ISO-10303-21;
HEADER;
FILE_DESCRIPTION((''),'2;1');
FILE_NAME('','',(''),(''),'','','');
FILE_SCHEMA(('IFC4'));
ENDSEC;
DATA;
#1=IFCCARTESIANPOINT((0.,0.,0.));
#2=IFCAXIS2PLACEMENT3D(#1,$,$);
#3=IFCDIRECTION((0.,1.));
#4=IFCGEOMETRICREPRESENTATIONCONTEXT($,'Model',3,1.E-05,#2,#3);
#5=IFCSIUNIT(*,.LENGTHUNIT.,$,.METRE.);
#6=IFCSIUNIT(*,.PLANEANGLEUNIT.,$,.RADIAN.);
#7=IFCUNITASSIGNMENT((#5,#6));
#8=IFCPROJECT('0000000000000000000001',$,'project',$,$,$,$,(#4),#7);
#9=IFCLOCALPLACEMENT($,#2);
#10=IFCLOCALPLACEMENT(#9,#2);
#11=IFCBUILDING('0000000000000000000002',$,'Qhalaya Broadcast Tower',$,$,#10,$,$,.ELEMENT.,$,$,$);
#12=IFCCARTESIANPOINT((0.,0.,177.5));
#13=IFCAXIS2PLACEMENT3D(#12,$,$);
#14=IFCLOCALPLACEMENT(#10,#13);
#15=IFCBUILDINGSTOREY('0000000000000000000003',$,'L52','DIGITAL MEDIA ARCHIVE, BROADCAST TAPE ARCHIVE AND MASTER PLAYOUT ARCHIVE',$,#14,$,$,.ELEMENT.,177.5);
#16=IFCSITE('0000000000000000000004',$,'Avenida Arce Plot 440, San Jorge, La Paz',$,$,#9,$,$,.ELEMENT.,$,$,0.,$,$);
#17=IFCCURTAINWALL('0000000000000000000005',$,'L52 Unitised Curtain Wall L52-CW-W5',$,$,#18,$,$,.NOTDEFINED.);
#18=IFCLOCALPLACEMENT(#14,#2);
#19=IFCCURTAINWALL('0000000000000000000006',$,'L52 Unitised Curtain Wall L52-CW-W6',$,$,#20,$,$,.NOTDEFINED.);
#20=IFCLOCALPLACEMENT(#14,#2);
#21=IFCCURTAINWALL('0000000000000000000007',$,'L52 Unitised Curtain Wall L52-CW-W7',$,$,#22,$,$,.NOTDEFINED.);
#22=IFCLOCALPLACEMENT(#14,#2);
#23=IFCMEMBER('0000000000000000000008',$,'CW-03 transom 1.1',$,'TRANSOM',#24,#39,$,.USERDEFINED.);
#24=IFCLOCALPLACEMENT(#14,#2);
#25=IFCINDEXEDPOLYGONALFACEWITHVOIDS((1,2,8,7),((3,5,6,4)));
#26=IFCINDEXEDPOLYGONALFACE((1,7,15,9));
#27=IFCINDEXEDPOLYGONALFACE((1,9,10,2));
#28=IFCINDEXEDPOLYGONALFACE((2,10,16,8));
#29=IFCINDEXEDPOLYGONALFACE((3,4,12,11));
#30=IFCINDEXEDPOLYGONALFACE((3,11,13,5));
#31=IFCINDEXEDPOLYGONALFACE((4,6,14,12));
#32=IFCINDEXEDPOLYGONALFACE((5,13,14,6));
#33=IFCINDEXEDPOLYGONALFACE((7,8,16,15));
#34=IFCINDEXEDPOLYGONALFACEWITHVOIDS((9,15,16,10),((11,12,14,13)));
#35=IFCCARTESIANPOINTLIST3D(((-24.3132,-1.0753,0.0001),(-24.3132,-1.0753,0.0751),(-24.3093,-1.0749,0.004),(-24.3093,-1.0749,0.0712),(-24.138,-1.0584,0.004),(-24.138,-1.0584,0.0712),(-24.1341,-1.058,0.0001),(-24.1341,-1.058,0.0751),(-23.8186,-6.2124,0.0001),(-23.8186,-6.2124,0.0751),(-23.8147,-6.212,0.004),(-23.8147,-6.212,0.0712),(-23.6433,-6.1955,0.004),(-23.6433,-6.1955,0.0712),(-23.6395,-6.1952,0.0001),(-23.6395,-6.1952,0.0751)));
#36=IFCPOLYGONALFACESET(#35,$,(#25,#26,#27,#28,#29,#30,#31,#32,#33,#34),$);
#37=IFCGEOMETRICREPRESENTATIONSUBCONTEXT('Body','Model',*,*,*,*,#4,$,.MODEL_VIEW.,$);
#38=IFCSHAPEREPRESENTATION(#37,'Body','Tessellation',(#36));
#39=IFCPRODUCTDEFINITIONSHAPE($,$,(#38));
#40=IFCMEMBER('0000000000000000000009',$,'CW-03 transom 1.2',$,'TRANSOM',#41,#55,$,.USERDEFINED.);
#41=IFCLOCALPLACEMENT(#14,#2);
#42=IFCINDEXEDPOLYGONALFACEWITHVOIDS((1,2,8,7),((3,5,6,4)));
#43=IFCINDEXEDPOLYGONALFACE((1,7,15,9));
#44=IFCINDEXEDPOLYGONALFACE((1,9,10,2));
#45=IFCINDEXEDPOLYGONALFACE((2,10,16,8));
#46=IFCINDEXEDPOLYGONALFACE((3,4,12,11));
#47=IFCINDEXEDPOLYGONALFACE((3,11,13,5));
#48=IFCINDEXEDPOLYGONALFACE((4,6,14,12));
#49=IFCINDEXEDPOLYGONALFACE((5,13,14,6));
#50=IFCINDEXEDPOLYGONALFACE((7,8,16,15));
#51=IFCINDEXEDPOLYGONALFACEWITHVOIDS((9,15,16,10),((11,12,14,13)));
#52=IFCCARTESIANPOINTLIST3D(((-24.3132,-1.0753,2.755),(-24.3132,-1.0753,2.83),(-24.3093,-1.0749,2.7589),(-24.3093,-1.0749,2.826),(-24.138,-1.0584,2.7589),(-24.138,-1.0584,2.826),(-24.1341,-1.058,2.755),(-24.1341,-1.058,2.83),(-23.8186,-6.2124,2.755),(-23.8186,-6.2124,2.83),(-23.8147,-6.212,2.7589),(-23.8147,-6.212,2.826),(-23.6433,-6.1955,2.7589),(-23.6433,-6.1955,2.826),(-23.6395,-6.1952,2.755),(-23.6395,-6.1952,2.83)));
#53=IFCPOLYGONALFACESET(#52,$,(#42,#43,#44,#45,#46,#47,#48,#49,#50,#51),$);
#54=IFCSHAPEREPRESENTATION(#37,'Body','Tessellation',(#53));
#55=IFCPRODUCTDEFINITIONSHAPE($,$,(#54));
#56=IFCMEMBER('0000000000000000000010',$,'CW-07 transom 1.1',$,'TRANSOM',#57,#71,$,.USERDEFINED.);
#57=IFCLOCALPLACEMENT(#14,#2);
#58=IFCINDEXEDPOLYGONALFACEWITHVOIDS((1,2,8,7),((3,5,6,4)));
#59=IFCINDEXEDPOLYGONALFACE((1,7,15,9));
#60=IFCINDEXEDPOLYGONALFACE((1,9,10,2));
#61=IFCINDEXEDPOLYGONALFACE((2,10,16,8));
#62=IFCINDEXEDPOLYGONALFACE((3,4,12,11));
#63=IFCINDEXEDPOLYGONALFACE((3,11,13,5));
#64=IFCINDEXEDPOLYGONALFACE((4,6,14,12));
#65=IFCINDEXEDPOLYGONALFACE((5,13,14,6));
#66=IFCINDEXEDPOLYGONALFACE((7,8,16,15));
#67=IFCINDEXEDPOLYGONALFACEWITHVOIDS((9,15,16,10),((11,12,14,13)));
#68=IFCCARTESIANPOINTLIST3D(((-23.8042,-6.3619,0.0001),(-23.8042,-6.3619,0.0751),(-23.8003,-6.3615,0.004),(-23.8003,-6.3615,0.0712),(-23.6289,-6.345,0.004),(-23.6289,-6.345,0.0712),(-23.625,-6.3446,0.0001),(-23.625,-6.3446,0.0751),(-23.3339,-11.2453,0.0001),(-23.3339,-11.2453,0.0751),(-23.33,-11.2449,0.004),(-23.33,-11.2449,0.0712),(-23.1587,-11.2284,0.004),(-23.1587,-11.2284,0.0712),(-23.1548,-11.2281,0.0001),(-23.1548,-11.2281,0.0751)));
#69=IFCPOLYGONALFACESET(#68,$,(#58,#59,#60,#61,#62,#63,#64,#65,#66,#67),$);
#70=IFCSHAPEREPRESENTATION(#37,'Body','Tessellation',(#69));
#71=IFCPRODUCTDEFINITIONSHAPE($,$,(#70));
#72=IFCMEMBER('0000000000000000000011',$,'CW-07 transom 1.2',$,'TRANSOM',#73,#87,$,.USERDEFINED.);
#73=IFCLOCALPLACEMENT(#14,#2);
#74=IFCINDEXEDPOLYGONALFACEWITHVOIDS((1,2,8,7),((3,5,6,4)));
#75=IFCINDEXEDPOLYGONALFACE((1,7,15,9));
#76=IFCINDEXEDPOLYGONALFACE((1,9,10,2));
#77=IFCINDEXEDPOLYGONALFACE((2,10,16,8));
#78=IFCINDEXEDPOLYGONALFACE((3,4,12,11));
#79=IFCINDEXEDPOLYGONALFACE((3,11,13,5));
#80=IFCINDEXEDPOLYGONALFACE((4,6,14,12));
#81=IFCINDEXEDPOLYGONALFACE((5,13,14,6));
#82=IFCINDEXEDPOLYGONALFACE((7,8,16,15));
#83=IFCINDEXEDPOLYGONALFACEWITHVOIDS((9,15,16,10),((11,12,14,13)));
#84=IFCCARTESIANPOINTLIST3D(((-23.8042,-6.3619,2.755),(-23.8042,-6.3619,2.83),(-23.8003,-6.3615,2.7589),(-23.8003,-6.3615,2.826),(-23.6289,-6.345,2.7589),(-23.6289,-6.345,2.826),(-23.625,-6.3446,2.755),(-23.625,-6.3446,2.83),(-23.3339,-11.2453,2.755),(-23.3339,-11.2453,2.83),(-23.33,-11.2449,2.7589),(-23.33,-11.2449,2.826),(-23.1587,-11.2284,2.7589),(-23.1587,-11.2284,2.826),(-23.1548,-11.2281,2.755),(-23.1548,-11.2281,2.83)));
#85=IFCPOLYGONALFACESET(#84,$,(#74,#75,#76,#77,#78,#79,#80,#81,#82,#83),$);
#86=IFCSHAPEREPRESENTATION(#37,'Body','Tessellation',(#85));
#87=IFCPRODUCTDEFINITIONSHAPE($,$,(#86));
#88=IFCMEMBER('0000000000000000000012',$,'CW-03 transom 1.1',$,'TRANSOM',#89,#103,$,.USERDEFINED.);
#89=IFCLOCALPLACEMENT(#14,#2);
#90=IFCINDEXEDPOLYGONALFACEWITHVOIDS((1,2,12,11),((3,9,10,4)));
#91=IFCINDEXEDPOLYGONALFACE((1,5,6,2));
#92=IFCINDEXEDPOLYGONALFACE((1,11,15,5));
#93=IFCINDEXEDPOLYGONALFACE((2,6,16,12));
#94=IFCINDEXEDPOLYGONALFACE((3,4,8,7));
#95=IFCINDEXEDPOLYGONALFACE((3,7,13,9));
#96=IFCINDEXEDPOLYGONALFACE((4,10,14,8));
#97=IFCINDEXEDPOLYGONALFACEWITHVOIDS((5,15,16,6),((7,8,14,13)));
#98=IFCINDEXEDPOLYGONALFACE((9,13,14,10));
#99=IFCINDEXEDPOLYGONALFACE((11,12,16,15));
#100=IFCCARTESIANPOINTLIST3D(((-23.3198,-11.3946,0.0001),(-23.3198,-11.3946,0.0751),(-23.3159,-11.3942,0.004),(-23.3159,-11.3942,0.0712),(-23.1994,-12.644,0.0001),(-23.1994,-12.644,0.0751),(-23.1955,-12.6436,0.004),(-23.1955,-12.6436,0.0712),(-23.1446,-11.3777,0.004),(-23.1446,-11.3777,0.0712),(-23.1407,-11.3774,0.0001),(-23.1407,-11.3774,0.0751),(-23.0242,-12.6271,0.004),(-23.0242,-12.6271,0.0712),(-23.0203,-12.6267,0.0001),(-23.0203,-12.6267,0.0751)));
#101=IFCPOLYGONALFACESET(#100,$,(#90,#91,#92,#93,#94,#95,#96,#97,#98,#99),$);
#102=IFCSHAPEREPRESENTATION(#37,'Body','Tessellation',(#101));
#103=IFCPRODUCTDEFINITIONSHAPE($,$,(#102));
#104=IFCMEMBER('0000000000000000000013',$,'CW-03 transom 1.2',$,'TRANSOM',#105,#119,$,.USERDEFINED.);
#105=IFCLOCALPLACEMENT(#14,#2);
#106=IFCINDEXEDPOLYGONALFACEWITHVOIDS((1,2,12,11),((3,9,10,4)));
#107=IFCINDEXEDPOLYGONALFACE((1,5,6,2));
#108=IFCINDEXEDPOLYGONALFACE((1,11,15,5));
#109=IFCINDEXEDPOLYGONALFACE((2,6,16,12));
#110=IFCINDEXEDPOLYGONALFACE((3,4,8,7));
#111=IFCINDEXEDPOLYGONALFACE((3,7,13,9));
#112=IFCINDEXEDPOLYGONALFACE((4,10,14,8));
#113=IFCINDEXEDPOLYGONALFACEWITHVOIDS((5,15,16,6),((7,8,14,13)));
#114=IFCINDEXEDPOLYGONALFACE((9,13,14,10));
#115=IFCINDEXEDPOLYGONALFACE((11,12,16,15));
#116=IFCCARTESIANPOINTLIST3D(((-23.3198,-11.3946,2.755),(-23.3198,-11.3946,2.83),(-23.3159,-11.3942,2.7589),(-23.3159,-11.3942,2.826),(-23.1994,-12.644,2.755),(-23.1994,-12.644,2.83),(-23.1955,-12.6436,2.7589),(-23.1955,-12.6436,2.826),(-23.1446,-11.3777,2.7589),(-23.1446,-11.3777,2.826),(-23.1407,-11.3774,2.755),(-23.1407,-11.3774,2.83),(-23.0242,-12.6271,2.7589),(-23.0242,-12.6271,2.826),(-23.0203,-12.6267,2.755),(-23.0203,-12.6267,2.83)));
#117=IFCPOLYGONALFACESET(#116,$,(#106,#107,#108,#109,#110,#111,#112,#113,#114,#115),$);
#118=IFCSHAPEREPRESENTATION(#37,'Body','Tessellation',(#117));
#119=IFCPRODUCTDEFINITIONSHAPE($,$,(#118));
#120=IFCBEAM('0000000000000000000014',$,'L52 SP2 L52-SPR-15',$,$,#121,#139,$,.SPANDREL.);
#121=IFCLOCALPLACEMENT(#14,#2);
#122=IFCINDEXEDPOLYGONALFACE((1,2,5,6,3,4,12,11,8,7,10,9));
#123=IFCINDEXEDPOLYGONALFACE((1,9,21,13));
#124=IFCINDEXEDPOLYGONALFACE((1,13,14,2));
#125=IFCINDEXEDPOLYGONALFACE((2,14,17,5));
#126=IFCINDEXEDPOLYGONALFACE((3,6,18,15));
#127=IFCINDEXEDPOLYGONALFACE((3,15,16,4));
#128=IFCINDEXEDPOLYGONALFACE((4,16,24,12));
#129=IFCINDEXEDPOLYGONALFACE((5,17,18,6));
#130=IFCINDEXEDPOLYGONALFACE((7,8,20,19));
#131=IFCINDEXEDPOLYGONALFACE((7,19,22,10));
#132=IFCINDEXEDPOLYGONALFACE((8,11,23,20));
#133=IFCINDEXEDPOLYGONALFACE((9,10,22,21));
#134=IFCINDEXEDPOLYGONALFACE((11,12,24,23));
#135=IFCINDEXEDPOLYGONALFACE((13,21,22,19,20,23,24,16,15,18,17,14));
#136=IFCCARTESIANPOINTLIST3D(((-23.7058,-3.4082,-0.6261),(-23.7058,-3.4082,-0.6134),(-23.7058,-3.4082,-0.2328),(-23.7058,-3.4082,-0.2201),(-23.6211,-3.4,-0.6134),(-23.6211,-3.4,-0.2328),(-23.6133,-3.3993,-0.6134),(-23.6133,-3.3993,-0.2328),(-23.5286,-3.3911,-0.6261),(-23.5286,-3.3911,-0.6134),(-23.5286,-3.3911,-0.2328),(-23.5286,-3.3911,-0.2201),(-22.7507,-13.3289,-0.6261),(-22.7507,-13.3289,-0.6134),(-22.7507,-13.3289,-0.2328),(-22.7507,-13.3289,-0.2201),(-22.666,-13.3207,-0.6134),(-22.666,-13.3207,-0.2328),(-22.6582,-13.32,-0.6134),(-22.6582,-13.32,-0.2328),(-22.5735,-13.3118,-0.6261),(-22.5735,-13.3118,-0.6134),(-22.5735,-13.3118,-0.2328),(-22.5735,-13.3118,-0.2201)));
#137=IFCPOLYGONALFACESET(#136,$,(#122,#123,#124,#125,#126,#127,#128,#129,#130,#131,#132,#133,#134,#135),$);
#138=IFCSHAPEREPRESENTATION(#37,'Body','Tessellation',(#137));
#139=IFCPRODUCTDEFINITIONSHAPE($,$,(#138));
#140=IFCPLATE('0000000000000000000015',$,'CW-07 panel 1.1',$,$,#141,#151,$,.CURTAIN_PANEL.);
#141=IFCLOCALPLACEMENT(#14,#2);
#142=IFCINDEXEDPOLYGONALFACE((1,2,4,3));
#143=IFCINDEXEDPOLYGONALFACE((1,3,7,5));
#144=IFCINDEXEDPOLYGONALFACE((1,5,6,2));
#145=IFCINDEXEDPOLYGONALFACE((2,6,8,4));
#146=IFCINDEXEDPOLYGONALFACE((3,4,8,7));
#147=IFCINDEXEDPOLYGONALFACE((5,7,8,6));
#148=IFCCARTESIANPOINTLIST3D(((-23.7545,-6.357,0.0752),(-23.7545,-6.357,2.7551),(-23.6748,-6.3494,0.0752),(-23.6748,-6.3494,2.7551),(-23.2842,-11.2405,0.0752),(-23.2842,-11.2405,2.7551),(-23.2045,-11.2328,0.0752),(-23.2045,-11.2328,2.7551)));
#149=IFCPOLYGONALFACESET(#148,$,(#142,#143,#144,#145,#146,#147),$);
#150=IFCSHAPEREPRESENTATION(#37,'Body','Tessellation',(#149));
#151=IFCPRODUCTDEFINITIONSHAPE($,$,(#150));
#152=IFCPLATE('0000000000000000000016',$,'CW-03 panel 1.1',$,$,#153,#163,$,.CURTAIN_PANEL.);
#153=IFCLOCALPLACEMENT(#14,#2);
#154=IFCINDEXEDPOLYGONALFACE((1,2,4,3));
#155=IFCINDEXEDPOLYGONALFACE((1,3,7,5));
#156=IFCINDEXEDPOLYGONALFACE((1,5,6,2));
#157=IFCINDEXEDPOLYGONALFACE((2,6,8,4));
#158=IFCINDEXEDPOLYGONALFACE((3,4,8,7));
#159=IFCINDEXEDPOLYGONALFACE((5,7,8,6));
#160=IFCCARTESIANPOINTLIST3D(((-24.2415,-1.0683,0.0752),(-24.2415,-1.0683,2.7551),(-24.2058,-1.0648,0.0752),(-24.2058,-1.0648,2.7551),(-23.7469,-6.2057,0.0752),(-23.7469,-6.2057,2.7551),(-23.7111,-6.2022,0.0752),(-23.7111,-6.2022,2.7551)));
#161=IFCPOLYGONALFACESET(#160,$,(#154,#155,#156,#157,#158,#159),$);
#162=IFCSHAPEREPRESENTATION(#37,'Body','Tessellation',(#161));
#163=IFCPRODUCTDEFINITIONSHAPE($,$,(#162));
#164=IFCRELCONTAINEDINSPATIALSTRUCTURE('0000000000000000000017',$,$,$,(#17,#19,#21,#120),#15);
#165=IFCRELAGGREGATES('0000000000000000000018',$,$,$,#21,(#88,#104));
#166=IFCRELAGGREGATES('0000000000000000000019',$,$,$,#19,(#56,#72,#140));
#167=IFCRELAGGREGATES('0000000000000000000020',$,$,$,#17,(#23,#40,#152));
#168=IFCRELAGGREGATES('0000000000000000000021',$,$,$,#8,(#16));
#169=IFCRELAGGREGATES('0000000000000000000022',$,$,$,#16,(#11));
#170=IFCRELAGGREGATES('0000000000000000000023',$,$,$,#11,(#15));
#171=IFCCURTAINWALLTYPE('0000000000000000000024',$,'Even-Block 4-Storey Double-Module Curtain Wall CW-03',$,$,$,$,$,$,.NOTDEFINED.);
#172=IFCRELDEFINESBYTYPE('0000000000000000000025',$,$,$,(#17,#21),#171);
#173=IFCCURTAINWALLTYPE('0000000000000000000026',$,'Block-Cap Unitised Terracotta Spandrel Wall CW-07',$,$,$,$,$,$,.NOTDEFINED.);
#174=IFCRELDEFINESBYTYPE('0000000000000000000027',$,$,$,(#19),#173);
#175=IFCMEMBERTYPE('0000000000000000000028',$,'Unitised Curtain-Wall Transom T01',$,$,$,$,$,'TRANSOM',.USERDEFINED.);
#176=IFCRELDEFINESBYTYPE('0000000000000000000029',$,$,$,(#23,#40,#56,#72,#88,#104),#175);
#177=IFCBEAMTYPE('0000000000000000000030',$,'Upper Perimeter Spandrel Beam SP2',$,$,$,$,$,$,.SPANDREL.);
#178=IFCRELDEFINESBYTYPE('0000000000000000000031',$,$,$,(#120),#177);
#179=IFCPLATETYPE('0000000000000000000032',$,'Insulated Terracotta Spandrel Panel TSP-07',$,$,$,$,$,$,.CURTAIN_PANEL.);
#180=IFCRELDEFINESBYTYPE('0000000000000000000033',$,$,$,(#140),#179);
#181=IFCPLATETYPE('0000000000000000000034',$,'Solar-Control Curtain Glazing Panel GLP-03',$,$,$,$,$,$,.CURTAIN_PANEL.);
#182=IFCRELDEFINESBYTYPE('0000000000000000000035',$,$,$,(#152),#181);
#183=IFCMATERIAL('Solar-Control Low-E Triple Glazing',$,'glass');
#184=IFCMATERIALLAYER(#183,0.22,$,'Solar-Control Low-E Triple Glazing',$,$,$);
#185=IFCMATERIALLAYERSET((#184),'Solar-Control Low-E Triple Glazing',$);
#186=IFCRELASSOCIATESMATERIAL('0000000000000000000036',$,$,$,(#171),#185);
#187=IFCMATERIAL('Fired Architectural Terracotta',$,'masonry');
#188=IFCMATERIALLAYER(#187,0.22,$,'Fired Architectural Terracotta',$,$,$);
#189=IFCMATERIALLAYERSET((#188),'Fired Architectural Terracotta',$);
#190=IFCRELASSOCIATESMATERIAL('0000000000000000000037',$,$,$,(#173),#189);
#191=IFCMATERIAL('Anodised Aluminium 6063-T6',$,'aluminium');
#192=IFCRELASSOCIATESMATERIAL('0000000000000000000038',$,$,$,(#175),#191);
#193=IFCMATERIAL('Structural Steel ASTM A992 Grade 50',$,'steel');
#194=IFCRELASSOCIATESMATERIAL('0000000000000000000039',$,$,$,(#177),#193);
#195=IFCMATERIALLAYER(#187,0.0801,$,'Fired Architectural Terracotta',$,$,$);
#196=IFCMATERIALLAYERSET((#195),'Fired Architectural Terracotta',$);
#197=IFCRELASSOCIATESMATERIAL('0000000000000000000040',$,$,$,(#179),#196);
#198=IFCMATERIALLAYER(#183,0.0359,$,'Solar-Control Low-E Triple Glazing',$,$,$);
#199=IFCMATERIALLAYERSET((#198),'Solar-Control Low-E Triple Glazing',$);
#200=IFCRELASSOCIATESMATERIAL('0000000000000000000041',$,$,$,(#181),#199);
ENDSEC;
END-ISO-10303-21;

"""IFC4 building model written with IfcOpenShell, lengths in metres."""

from ifc_helpers import new_model, si_unit, direction, frame, origin, origin_2d, place, context, subcontext, project, spatial, rectangle, hollow_rectangle, i_section, extrude, material, layer, layer_set, material_profile, profile_set, type_object, element, aggregate, save


model = new_model("IFC4")

# Units and contexts
model_context = context("Model", 3, precision=1e-05, world=origin(), true_north=direction((0.0, 1.0)))
body_context = subcontext(model_context, "Body", "Model", "MODEL_VIEW")
ifc_project = project(units=[si_unit("LENGTHUNIT", "METRE"), si_unit("PLANEANGLEUNIT", "RADIAN")], contexts=[model_context])

# Site, building, storey
site_placement = place(None, origin())
site = spatial("IfcSite", under=ifc_project, at=site_placement, Name="Avenida Arce Plot 440, San Jorge, La Paz", CompositionType="ELEMENT", RefElevation=0.0)
building_placement = place(site_placement, origin())
building = spatial("IfcBuilding", under=site, at=building_placement, Name="Qhalaya Broadcast Tower", CompositionType="ELEMENT")
storey_placement = place(building_placement, frame((0.0, 0.0, 177.5)))
storey = spatial("IfcBuildingStorey", under=building, at=storey_placement, Name="L52", Description="DIGITAL MEDIA ARCHIVE, BROADCAST TAPE ARCHIVE AND MASTER PLAYOUT ARCHIVE", CompositionType="ELEMENT", Elevation=177.5)

# Shared definitions
ifc_material_1 = material(Name="Structural Steel ASTM A992 Grade 50", Category="steel")

# Curtain walls
ifc_material_2 = material(Name="Solar-Control Low-E Triple Glazing", Category="glass")
ifc_layer_1 = layer(ifc_material_2, 0.22, Name="Solar-Control Low-E Triple Glazing")
ifc_layer_set_1 = layer_set([ifc_layer_1], Name="Solar-Control Low-E Triple Glazing")
curtain_wall_type_1 = type_object("IfcCurtainWallType", Name="Even-Block 4-Storey Double-Module Curtain Wall CW-03", PredefinedType="NOTDEFINED", material=ifc_layer_set_1)
curtain_wall_1_placement = place(storey_placement, origin())
curtain_wall_1 = element("IfcCurtainWall", 1, at=curtain_wall_1_placement, inside=storey, type_object=curtain_wall_type_1, Name="L52 Unitised Curtain Wall L52-CW-W5", PredefinedType="NOTDEFINED")
ifc_material_3 = material(Name="Anodised Aluminium 6063-T6", Category="aluminium")
ifc_material_4 = material(Name="Fired Architectural Terracotta", Category="masonry")
ifc_layer_2 = layer(ifc_material_4, 0.22, Name="Fired Architectural Terracotta")
ifc_layer_set_2 = layer_set([ifc_layer_2], Name="Fired Architectural Terracotta")
curtain_wall_type_2 = type_object("IfcCurtainWallType", Name="Block-Cap Unitised Terracotta Spandrel Wall CW-07", PredefinedType="NOTDEFINED", material=ifc_layer_set_2)
curtain_wall_2_placement = place(storey_placement, origin())
curtain_wall_2 = element("IfcCurtainWall", 2, at=curtain_wall_2_placement, inside=storey, type_object=curtain_wall_type_2, Name="L52 Unitised Curtain Wall L52-CW-W6", PredefinedType="NOTDEFINED")

# Curtain wall
curtain_wall_3_placement = place(storey_placement, origin())
curtain_wall_3 = element("IfcCurtainWall", 3, at=curtain_wall_3_placement, inside=storey, type_object=curtain_wall_type_1, Name="L52 Unitised Curtain Wall L52-CW-W7", PredefinedType="NOTDEFINED")

# Members
ifc_material_profile_1 = material_profile(ifc_material_3, hollow_rectangle(XDim=0.075, YDim=0.1799, WallThickness=0.0039, at=origin_2d()), Name="ALU-TRN 75x180x4")
ifc_profile_set_1 = profile_set([ifc_material_profile_1], Name="Anodised Aluminium 6063-T6")
member_type_1 = type_object("IfcMemberType", Name="Unitised Curtain-Wall Transom T01", ElementType="TRANSOM", PredefinedType="USERDEFINED", material=ifc_profile_set_1)
member_1_placement = place(storey_placement, frame((-24.2236, -1.0667, 0.0376), z_axis=(0.09584, -0.995397, 0.0), x_axis=(0.0, 0.0, 1.0)))
member_1 = element("IfcMember", 4, at=member_1_placement, type_object=member_type_1, Name="CW-03 transom 1.1", ObjectType="TRANSOM", PredefinedType="USERDEFINED", context=body_context, shape_type="SweptSolid", body=[
    extrude(hollow_rectangle(XDim=0.075, YDim=0.1799, WallThickness=0.0039, at=origin_2d()), origin(), (0.0, 0.0, 1.0), 5.1609),
])
member_2_placement = place(storey_placement, frame((-24.2236, -1.0667, 2.7925), z_axis=(0.09584, -0.995397, 0.0), x_axis=(0.0, 0.0, 1.0)))
member_2 = element("IfcMember", 5, at=member_2_placement, type_object=member_type_1, Name="CW-03 transom 1.2", ObjectType="TRANSOM", PredefinedType="USERDEFINED", context=body_context, shape_type="SweptSolid", body=[
    extrude(hollow_rectangle(XDim=0.075, YDim=0.1799, WallThickness=0.0039, at=origin_2d()), origin(), (0.0, 0.0, 1.0), 5.1609),
])
member_3_placement = place(storey_placement, frame((-23.7146, -6.3533, 0.0376), z_axis=(0.095847, -0.995396, 0.0), x_axis=(0.0, 0.0, 1.0)))
member_3 = element("IfcMember", 6, at=member_3_placement, type_object=member_type_1, Name="CW-07 transom 1.1", ObjectType="TRANSOM", PredefinedType="USERDEFINED", context=body_context, shape_type="SweptSolid", body=[
    extrude(hollow_rectangle(XDim=0.075, YDim=0.1799, WallThickness=0.0039, at=origin_2d()), origin(), (0.0, 0.0, 1.0), 4.906),
])
member_4_placement = place(storey_placement, frame((-23.7146, -6.3533, 2.7925), z_axis=(0.095847, -0.995396, 0.0), x_axis=(0.0, 0.0, 1.0)))
member_4 = element("IfcMember", 7, at=member_4_placement, type_object=member_type_1, Name="CW-07 transom 1.2", ObjectType="TRANSOM", PredefinedType="USERDEFINED", context=body_context, shape_type="SweptSolid", body=[
    extrude(hollow_rectangle(XDim=0.075, YDim=0.1799, WallThickness=0.0039, at=origin_2d()), origin(), (0.0, 0.0, 1.0), 4.906),
])
member_5_placement = place(storey_placement, frame((-23.2302, -11.386, 0.0376), z_axis=(0.095901, -0.995391, 0.0), x_axis=(0.0, 0.0, 1.0)))
member_5 = element("IfcMember", 8, at=member_5_placement, type_object=member_type_1, Name="CW-03 transom 1.1", ObjectType="TRANSOM", PredefinedType="USERDEFINED", context=body_context, shape_type="SweptSolid", body=[
    extrude(hollow_rectangle(XDim=0.075, YDim=0.1799, WallThickness=0.0039, at=origin_2d()), origin(), (0.0, 0.0, 1.0), 1.2551),
])
member_6_placement = place(storey_placement, frame((-23.2302, -11.386, 2.7925), z_axis=(0.095901, -0.995391, 0.0), x_axis=(0.0, 0.0, 1.0)))
member_6 = element("IfcMember", 9, at=member_6_placement, type_object=member_type_1, Name="CW-03 transom 1.2", ObjectType="TRANSOM", PredefinedType="USERDEFINED", context=body_context, shape_type="SweptSolid", body=[
    extrude(hollow_rectangle(XDim=0.075, YDim=0.1799, WallThickness=0.0039, at=origin_2d()), origin(), (0.0, 0.0, 1.0), 1.2551),
])
aggregate(curtain_wall_3, [member_5, member_6])

# Beam
ifc_material_profile_2 = material_profile(ifc_material_1, i_section(OverallWidth=0.178, OverallDepth=0.406, WebThickness=0.0078, FlangeThickness=0.0127, at=origin_2d()), Name="W16X40")
ifc_profile_set_2 = profile_set([ifc_material_profile_2], Name="Structural Steel ASTM A992 Grade 50")
beam_type_1 = type_object("IfcBeamType", Name="Upper Perimeter Spandrel Beam SP2", PredefinedType="SPANDREL", material=ifc_profile_set_2)
beam_1_placement = place(storey_placement, frame((-23.6172, -3.3997, -0.4231), z_axis=(0.095829, -0.995398, 0.0), x_axis=(0.995398, 0.095829, 0.0)))
element("IfcBeam", 10, at=beam_1_placement, inside=storey, type_object=beam_type_1, Name="L52 SP2 L52-SPR-15", PredefinedType="SPANDREL", context=body_context, shape_type="SweptSolid", body=[
    extrude(i_section(OverallWidth=0.178, OverallDepth=0.406, WebThickness=0.0078, FlangeThickness=0.0127, at=origin_2d()), origin(), (0.0, 0.0, 1.0), 9.9666),
])

# Plates
ifc_layer_3 = layer(ifc_material_4, 0.0801, Name="Fired Architectural Terracotta")
ifc_layer_set_3 = layer_set([ifc_layer_3], Name="Fired Architectural Terracotta")
plate_type_1 = type_object("IfcPlateType", Name="Insulated Terracotta Spandrel Panel TSP-07", PredefinedType="CURTAIN_PANEL", material=ifc_layer_set_3)
plate_1_placement = place(storey_placement, frame((-23.4795, -8.7949, 0.0752), z_axis=(0.0, 0.0, 1.0), x_axis=(0.095847, -0.995396, 0.0)))
plate_1 = element("IfcPlate", 11, at=plate_1_placement, type_object=plate_type_1, Name="CW-07 panel 1.1", PredefinedType="CURTAIN_PANEL", context=body_context, shape_type="SweptSolid", body=[
    extrude(rectangle(XDim=4.906, YDim=0.0801, at=origin_2d()), origin(), (0.0, 0.0, 1.0), 2.6799),
])
aggregate(curtain_wall_2, [member_3, member_4, plate_1])
ifc_layer_4 = layer(ifc_material_2, 0.0359, Name="Solar-Control Low-E Triple Glazing")
ifc_layer_set_4 = layer_set([ifc_layer_4], Name="Solar-Control Low-E Triple Glazing")
plate_type_2 = type_object("IfcPlateType", Name="Solar-Control Curtain Glazing Panel GLP-03", PredefinedType="CURTAIN_PANEL", material=ifc_layer_set_4)
plate_2_placement = place(storey_placement, frame((-23.9763, -3.6353, 0.0752), z_axis=(0.0, 0.0, 1.0), x_axis=(0.095838, -0.995397, 0.0)))
plate_2 = element("IfcPlate", 12, at=plate_2_placement, type_object=plate_type_2, Name="CW-03 panel 1.1", PredefinedType="CURTAIN_PANEL", context=body_context, shape_type="SweptSolid", body=[
    extrude(rectangle(XDim=5.1611, YDim=0.0359, at=origin_2d()), origin(), (0.0, 0.0, 1.0), 2.6799),
])
aggregate(curtain_wall_1, [member_1, member_2, plate_2])

save(model, "model.ifc")
